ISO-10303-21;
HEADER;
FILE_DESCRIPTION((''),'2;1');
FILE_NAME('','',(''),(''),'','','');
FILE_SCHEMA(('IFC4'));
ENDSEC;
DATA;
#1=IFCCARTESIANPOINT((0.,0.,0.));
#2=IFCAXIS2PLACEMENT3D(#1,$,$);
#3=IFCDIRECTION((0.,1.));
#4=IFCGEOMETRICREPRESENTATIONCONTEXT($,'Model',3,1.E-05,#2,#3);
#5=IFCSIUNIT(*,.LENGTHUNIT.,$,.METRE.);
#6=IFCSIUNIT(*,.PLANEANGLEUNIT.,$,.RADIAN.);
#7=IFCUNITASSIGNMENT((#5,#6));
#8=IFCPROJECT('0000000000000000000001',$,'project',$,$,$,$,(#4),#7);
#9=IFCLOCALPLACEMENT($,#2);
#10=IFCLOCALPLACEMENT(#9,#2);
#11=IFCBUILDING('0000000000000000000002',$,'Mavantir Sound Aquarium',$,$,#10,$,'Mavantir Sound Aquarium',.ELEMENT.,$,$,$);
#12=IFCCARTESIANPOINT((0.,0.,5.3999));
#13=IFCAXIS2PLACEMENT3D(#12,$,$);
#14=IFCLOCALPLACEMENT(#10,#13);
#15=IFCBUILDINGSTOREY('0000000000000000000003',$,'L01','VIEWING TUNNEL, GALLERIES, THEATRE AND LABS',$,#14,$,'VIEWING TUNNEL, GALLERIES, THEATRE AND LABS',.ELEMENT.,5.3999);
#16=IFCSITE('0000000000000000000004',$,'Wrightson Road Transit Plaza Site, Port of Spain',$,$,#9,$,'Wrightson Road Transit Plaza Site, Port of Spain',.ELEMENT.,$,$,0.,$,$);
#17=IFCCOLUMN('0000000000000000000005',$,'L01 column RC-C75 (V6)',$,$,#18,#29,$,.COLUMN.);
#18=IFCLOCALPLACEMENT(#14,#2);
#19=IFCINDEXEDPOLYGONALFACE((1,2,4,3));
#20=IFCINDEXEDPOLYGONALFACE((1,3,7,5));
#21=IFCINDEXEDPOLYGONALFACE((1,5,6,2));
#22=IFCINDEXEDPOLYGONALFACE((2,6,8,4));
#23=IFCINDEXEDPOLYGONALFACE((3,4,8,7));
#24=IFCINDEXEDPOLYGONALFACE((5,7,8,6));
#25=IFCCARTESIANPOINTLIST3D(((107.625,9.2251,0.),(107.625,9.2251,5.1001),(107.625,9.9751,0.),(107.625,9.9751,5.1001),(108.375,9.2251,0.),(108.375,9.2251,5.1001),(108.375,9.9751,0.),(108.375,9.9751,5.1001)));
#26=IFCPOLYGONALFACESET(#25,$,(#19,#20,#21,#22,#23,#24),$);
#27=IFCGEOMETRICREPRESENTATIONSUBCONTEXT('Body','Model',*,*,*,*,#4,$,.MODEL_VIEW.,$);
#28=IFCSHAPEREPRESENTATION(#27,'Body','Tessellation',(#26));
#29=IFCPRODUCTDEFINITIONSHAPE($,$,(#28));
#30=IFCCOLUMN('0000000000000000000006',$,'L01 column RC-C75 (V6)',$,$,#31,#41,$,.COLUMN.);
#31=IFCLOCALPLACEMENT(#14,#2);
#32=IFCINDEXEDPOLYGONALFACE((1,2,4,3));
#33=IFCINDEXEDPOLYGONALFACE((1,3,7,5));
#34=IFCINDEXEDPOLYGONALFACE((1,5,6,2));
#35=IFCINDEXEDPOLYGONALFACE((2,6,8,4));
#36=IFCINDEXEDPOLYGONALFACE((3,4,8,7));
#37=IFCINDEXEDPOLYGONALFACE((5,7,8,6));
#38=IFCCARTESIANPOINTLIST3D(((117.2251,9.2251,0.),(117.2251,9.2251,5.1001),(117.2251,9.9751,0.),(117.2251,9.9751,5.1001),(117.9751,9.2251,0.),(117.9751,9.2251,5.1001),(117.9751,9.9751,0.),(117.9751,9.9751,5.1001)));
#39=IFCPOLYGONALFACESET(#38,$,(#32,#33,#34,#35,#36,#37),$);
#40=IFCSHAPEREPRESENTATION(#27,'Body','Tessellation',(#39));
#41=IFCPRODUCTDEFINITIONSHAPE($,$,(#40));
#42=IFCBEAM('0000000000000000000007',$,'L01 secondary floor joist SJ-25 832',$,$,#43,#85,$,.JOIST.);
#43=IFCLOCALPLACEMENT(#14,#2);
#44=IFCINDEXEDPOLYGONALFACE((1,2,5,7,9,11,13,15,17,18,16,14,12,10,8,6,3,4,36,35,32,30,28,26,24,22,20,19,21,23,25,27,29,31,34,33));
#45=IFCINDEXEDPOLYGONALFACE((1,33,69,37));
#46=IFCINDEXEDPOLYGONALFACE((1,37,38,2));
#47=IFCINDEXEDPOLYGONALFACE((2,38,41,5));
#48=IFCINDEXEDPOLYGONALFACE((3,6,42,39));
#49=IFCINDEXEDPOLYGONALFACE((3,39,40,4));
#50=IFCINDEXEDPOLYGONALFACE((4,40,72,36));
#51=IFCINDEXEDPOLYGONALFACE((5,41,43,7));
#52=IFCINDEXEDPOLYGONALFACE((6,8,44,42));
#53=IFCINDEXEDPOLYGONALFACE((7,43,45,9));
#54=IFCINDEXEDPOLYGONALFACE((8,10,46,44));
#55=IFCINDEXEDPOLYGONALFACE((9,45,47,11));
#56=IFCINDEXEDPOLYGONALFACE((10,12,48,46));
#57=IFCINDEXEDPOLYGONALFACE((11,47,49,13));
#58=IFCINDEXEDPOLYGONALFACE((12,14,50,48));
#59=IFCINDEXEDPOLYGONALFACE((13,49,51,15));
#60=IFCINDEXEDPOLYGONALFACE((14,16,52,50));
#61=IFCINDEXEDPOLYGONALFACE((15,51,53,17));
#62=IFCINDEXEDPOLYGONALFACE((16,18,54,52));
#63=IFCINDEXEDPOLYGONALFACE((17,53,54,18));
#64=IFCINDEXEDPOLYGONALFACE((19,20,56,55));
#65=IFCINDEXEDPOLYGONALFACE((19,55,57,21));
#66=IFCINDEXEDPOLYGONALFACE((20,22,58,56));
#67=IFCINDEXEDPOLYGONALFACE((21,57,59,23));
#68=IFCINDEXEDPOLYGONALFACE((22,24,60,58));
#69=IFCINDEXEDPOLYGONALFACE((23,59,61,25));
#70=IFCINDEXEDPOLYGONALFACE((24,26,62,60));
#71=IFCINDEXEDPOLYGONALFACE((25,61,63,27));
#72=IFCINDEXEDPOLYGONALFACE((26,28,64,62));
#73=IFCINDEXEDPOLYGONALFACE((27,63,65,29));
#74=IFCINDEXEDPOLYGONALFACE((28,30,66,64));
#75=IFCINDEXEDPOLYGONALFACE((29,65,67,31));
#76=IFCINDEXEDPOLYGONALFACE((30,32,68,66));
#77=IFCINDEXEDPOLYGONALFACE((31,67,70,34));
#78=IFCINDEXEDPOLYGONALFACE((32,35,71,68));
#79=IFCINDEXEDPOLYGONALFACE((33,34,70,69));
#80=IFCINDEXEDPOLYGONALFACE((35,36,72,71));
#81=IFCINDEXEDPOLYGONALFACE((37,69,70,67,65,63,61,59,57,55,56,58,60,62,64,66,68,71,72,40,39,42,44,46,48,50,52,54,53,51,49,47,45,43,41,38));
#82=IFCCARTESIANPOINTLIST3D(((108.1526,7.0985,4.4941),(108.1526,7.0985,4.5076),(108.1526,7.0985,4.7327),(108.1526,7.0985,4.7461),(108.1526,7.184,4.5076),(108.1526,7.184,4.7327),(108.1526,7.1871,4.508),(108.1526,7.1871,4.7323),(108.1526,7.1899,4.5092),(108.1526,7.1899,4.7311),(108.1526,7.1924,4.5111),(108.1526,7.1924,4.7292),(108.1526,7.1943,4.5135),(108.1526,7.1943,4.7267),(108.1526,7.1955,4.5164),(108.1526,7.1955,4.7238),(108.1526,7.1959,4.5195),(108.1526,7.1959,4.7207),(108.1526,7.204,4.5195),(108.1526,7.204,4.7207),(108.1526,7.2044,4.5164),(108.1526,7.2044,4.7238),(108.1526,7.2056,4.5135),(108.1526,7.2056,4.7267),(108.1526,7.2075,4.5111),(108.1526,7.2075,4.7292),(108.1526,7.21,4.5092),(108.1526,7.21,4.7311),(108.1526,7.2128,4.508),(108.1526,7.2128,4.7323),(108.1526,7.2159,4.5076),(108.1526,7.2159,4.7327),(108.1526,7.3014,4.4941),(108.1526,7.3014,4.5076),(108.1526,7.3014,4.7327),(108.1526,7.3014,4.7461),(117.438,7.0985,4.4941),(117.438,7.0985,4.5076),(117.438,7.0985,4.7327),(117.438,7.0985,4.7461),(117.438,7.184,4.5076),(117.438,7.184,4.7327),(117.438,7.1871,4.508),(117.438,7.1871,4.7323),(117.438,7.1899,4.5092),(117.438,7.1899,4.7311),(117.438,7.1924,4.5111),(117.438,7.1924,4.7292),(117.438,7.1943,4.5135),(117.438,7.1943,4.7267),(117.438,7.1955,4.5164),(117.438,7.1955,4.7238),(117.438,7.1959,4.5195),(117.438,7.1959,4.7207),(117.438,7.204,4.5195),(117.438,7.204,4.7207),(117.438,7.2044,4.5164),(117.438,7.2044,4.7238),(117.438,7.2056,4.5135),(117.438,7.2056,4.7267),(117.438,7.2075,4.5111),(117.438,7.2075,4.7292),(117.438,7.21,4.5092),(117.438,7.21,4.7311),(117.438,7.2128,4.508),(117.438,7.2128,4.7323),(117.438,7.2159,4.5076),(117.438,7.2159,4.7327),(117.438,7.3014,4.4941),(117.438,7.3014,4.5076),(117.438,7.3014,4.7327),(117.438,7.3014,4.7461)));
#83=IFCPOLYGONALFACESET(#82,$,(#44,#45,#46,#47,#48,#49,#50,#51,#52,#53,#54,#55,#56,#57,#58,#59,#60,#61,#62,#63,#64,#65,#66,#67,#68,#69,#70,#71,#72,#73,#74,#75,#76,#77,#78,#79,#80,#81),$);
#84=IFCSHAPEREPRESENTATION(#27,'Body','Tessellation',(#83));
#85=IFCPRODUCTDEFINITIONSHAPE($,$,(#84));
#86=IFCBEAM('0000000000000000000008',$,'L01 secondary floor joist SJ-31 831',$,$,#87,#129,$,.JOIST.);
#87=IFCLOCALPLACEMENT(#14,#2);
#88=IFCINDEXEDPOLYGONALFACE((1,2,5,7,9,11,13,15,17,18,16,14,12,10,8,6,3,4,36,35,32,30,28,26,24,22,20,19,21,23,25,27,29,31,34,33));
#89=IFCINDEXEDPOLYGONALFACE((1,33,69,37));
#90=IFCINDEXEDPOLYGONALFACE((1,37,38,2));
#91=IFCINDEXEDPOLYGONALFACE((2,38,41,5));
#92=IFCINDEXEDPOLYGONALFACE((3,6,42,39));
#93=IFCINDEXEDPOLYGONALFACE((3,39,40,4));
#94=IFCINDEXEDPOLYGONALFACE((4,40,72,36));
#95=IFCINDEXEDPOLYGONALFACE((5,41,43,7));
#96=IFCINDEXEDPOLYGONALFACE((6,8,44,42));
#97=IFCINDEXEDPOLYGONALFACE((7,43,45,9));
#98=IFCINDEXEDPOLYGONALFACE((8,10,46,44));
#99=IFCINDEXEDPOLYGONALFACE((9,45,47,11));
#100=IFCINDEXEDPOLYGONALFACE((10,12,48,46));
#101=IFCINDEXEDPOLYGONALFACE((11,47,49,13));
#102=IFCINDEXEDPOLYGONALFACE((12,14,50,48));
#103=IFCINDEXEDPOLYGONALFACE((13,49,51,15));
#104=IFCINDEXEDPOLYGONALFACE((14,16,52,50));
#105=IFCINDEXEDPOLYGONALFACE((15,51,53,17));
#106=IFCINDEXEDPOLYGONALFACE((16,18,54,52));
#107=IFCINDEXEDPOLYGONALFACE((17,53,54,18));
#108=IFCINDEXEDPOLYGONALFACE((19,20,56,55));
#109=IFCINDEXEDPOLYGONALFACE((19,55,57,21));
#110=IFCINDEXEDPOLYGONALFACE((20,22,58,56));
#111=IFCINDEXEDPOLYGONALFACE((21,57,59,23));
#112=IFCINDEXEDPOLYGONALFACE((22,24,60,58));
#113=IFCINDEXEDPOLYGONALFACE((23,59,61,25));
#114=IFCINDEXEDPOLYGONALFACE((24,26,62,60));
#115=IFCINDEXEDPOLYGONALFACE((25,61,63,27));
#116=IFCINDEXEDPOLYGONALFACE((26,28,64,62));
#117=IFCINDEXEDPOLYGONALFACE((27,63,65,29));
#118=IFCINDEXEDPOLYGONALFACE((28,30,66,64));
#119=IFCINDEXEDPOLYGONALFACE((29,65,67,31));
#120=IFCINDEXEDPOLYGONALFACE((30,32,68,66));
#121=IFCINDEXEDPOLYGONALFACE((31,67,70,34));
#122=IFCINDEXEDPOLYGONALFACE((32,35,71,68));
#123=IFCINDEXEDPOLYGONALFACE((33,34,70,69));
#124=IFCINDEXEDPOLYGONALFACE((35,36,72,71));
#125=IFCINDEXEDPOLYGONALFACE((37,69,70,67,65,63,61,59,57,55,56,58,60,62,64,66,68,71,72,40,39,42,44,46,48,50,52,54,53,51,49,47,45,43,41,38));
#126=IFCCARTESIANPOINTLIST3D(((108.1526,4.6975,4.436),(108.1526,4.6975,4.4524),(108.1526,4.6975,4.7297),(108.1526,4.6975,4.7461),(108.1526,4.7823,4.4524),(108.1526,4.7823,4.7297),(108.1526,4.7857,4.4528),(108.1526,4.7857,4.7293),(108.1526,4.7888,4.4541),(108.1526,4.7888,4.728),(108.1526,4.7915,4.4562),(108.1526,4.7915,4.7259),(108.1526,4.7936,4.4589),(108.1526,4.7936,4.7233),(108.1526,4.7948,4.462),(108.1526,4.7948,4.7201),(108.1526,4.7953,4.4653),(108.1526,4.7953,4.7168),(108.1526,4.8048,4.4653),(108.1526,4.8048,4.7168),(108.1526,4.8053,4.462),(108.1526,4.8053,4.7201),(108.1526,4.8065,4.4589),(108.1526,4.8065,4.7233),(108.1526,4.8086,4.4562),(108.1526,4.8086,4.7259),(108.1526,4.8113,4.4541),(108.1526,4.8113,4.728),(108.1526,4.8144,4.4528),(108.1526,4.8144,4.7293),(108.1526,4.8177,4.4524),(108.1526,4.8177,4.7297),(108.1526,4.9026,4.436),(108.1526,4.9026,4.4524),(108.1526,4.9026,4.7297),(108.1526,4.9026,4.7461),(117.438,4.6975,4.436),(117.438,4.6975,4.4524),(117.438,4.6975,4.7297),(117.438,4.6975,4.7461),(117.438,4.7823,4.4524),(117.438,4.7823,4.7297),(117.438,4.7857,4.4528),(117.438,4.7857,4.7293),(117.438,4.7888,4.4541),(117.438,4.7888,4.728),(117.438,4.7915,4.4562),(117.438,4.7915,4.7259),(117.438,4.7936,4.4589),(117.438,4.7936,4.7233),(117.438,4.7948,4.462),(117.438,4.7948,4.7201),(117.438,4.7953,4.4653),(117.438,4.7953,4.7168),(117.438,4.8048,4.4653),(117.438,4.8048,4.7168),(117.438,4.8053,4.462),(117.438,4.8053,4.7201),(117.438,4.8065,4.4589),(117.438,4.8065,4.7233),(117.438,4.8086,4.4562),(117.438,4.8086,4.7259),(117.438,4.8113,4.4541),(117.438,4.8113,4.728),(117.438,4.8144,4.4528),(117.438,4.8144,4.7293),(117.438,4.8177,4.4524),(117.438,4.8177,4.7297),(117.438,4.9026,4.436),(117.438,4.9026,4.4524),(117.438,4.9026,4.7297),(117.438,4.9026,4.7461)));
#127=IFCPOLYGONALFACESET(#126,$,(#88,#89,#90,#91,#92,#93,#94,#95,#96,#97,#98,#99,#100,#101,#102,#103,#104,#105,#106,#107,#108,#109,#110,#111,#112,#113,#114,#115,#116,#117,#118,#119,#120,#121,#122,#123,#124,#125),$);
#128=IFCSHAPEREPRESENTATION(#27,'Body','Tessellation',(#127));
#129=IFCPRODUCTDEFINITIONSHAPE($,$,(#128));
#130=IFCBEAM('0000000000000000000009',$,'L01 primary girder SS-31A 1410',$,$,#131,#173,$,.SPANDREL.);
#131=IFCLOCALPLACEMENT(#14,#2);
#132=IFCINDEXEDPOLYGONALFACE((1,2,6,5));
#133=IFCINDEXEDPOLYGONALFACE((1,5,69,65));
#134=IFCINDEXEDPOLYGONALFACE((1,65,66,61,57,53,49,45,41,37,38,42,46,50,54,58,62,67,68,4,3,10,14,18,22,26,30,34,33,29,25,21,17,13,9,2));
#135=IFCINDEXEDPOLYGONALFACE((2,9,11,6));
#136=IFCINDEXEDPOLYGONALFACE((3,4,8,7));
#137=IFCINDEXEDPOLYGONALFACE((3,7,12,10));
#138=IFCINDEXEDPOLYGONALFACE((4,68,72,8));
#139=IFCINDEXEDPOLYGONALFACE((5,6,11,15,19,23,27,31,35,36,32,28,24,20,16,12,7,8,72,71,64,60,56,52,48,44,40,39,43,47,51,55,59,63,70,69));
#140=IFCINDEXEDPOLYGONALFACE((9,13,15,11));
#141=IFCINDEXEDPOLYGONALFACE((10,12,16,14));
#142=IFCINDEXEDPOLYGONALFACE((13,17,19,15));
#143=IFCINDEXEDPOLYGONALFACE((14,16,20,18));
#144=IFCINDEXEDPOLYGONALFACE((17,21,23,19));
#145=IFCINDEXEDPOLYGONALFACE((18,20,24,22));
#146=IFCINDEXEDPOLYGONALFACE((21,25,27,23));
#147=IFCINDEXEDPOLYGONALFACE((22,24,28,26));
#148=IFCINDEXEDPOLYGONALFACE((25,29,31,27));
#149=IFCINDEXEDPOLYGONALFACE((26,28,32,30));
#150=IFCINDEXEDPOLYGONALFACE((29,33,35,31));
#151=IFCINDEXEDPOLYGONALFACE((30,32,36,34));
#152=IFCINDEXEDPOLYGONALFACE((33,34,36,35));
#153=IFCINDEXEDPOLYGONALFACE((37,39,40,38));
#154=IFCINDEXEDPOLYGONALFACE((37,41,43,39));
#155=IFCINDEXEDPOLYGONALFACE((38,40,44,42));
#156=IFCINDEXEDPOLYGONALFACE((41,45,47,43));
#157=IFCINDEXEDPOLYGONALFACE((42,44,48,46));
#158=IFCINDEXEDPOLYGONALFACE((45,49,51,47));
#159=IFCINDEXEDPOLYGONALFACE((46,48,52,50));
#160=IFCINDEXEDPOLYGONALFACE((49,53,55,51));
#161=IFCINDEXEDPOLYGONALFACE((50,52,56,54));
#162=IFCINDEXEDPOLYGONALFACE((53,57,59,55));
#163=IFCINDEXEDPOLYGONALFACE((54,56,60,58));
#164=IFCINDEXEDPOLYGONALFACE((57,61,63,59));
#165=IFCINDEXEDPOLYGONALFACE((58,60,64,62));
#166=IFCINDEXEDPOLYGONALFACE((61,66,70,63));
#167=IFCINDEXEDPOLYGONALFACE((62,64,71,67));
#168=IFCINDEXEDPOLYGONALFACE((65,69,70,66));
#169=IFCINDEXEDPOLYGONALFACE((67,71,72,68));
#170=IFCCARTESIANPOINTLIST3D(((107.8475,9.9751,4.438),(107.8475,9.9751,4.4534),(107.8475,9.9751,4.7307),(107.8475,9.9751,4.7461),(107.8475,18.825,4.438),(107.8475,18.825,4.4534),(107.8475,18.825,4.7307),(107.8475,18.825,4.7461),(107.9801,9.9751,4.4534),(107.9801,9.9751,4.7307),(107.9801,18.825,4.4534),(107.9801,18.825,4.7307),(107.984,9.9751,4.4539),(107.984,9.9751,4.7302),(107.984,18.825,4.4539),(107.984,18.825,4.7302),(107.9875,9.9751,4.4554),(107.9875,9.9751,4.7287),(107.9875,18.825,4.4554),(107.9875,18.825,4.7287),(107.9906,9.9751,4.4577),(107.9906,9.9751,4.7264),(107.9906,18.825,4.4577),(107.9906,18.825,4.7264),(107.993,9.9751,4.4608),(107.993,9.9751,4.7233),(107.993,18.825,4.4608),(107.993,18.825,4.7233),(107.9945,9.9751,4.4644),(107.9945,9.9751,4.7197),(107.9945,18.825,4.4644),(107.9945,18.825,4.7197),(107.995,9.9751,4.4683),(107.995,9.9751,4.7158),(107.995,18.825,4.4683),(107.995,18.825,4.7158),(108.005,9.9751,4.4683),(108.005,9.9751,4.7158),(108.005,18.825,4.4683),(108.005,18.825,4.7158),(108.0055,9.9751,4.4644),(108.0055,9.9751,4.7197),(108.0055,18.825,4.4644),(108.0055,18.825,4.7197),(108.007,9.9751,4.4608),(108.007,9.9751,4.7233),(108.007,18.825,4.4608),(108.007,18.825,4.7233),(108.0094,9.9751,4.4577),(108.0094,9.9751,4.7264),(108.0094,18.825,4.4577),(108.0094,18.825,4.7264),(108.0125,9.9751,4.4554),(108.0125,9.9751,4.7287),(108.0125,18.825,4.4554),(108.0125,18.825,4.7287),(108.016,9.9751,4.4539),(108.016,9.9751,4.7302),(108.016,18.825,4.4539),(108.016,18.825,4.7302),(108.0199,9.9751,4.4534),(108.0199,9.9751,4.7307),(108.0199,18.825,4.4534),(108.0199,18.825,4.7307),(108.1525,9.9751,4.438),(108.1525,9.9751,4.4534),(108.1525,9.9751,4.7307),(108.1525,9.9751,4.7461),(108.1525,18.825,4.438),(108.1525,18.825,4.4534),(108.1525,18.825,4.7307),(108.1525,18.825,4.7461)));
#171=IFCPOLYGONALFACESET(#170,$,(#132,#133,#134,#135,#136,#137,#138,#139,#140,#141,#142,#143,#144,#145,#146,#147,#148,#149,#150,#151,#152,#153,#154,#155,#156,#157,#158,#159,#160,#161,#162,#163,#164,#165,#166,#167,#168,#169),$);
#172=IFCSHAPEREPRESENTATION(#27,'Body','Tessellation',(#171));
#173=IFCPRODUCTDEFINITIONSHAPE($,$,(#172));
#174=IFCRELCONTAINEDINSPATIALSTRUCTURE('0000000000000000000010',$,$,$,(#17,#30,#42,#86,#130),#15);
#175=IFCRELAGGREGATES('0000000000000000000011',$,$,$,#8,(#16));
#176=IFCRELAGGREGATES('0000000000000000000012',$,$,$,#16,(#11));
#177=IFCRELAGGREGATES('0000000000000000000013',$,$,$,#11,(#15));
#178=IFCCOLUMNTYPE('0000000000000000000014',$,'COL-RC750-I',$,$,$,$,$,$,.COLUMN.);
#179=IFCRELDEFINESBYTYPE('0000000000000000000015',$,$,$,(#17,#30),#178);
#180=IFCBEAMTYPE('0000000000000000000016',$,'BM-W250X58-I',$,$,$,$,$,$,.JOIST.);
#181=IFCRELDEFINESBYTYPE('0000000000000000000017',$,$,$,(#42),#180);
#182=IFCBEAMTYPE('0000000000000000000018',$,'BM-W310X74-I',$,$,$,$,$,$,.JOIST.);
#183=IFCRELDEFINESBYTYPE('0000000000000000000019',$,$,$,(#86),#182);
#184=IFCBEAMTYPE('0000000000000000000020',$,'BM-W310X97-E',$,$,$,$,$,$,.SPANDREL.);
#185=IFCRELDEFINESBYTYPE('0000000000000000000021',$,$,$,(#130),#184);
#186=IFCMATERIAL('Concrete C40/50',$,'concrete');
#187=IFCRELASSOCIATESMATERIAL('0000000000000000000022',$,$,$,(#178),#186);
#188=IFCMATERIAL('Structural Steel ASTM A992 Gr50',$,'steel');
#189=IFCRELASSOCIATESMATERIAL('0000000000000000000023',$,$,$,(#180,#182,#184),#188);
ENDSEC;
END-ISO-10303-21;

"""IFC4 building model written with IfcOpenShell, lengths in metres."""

from ifc_helpers import new_model, si_unit, direction, frame, origin, origin_2d, place, context, subcontext, project, spatial, rectangle, i_section, extrude, material, material_profile, profile_set, type_object, element, save


model = new_model("IFC4")

# Units and contexts
model_context = context("Model", 3, precision=1e-05, world=origin(), true_north=direction((0.0, 1.0)))
body_context = subcontext(model_context, "Body", "Model", "MODEL_VIEW")
ifc_project = project(units=[si_unit("LENGTHUNIT", "METRE"), si_unit("PLANEANGLEUNIT", "RADIAN")], contexts=[model_context])

# Site, building, storey
site_placement = place(None, origin())
site = spatial("IfcSite", under=ifc_project, at=site_placement, Name="Wrightson Road Transit Plaza Site, Port of Spain", LongName="Wrightson Road Transit Plaza Site, Port of Spain", CompositionType="ELEMENT", RefElevation=0.0)
building_placement = place(site_placement, origin())
building = spatial("IfcBuilding", under=site, at=building_placement, Name="Mavantir Sound Aquarium", LongName="Mavantir Sound Aquarium", CompositionType="ELEMENT")
storey_placement = place(building_placement, frame((0.0, 0.0, 5.3999)))
storey = spatial("IfcBuildingStorey", under=building, at=storey_placement, Name="L01", Description="VIEWING TUNNEL, GALLERIES, THEATRE AND LABS", LongName="VIEWING TUNNEL, GALLERIES, THEATRE AND LABS", CompositionType="ELEMENT", Elevation=5.3999)

# Columns
ifc_material_1 = material(Name="Concrete C40/50", Category="concrete")
ifc_material_profile_1 = material_profile(ifc_material_1, rectangle(XDim=0.75, YDim=0.75, at=origin_2d()), Name="RC 750X750")
ifc_profile_set_1 = profile_set([ifc_material_profile_1], Name="Concrete C40/50")
column_type = type_object("IfcColumnType", Name="COL-RC750-I", PredefinedType="COLUMN", material=ifc_profile_set_1)
for number, where, z_axis, x_axis, name in (
    (1, (108.0, 9.6001, 0.0), (0.0, 0.0, 1.0), (1.0, 0.0, 0.0), "L01 column RC-C75 (V6)"),
    (2, (117.6001, 9.6001, 0.0), (0.0, 0.0, 1.0), (1.0, 0.0, 0.0), "L01 column RC-C75 (V6)"),
):
    element("IfcColumn", number, at=place(storey_placement, frame(where, z_axis=z_axis, x_axis=x_axis)), inside=storey, type_object=column_type, Name=name, PredefinedType="COLUMN", context=body_context, shape_type="SweptSolid", body=[
        extrude(rectangle(XDim=0.75, YDim=0.75, at=origin_2d()), origin(), (0.0, 0.0, 1.0), 5.1001),
    ])

# Beams
ifc_material_2 = material(Name="Structural Steel ASTM A992 Gr50", Category="steel")
ifc_material_profile_2 = material_profile(ifc_material_2, i_section(OverallWidth=0.2029, OverallDepth=0.252, WebThickness=0.0081, FlangeThickness=0.0134, FilletRadius=0.012, at=origin_2d()), Name="W250X58")
ifc_profile_set_2 = profile_set([ifc_material_profile_2], Name="Structural Steel ASTM A992 Gr50")
beam_type_1 = type_object("IfcBeamType", Name="BM-W250X58-I", PredefinedType="JOIST", material=ifc_profile_set_2)
beam_1_placement = place(storey_placement, frame((108.1526, 7.2, 4.6201), z_axis=(1.0, 0.0, 0.0), x_axis=(0.0, 1.0, 0.0)))
element("IfcBeam", 3, at=beam_1_placement, inside=storey, type_object=beam_type_1, Name="L01 secondary floor joist SJ-25 832", PredefinedType="JOIST", context=body_context, shape_type="SweptSolid", body=[
    extrude(i_section(OverallWidth=0.2029, OverallDepth=0.252, WebThickness=0.0081, FlangeThickness=0.0134, FilletRadius=0.012, at=origin_2d()), origin(), (0.0, 0.0, 1.0), 9.2854),
])
ifc_material_profile_3 = material_profile(ifc_material_2, i_section(OverallWidth=0.2051, OverallDepth=0.3101, WebThickness=0.0095, FlangeThickness=0.0164, FilletRadius=0.0129, at=origin_2d()), Name="W310X74")
ifc_profile_set_3 = profile_set([ifc_material_profile_3], Name="Structural Steel ASTM A992 Gr50")
beam_type_2 = type_object("IfcBeamType", Name="BM-W310X74-I", PredefinedType="JOIST", material=ifc_profile_set_3)
beam_2_placement = place(storey_placement, frame((108.1526, 4.8, 4.5911), z_axis=(1.0, 0.0, 0.0), x_axis=(0.0, 1.0, 0.0)))
element("IfcBeam", 4, at=beam_2_placement, inside=storey, type_object=beam_type_2, Name="L01 secondary floor joist SJ-31 831", PredefinedType="JOIST", context=body_context, shape_type="SweptSolid", body=[
    extrude(i_section(OverallWidth=0.2051, OverallDepth=0.3101, WebThickness=0.0095, FlangeThickness=0.0164, FilletRadius=0.0129, at=origin_2d()), origin(), (0.0, 0.0, 1.0), 9.2854),
])
ifc_material_profile_4 = material_profile(ifc_material_2, i_section(OverallWidth=0.3049, OverallDepth=0.3081, WebThickness=0.01, FlangeThickness=0.0154, FilletRadius=0.0149, at=origin_2d()), Name="W310X97")
ifc_profile_set_4 = profile_set([ifc_material_profile_4], Name="Structural Steel ASTM A992 Gr50")
beam_type_3 = type_object("IfcBeamType", Name="BM-W310X97-E", PredefinedType="SPANDREL", material=ifc_profile_set_4)
beam_3_placement = place(storey_placement, frame((108.0, 9.9751, 4.592), z_axis=(0.0, 1.0, 0.0), x_axis=(-1.0, 0.0, 0.0)))
element("IfcBeam", 5, at=beam_3_placement, inside=storey, type_object=beam_type_3, Name="L01 primary girder SS-31A 1410", PredefinedType="SPANDREL", context=body_context, shape_type="SweptSolid", body=[
    extrude(i_section(OverallWidth=0.3049, OverallDepth=0.3081, WebThickness=0.01, FlangeThickness=0.0154, FilletRadius=0.0149, at=origin_2d()), origin(), (0.0, 0.0, 1.0), 8.8499),
])

save(model, "model.ifc")
